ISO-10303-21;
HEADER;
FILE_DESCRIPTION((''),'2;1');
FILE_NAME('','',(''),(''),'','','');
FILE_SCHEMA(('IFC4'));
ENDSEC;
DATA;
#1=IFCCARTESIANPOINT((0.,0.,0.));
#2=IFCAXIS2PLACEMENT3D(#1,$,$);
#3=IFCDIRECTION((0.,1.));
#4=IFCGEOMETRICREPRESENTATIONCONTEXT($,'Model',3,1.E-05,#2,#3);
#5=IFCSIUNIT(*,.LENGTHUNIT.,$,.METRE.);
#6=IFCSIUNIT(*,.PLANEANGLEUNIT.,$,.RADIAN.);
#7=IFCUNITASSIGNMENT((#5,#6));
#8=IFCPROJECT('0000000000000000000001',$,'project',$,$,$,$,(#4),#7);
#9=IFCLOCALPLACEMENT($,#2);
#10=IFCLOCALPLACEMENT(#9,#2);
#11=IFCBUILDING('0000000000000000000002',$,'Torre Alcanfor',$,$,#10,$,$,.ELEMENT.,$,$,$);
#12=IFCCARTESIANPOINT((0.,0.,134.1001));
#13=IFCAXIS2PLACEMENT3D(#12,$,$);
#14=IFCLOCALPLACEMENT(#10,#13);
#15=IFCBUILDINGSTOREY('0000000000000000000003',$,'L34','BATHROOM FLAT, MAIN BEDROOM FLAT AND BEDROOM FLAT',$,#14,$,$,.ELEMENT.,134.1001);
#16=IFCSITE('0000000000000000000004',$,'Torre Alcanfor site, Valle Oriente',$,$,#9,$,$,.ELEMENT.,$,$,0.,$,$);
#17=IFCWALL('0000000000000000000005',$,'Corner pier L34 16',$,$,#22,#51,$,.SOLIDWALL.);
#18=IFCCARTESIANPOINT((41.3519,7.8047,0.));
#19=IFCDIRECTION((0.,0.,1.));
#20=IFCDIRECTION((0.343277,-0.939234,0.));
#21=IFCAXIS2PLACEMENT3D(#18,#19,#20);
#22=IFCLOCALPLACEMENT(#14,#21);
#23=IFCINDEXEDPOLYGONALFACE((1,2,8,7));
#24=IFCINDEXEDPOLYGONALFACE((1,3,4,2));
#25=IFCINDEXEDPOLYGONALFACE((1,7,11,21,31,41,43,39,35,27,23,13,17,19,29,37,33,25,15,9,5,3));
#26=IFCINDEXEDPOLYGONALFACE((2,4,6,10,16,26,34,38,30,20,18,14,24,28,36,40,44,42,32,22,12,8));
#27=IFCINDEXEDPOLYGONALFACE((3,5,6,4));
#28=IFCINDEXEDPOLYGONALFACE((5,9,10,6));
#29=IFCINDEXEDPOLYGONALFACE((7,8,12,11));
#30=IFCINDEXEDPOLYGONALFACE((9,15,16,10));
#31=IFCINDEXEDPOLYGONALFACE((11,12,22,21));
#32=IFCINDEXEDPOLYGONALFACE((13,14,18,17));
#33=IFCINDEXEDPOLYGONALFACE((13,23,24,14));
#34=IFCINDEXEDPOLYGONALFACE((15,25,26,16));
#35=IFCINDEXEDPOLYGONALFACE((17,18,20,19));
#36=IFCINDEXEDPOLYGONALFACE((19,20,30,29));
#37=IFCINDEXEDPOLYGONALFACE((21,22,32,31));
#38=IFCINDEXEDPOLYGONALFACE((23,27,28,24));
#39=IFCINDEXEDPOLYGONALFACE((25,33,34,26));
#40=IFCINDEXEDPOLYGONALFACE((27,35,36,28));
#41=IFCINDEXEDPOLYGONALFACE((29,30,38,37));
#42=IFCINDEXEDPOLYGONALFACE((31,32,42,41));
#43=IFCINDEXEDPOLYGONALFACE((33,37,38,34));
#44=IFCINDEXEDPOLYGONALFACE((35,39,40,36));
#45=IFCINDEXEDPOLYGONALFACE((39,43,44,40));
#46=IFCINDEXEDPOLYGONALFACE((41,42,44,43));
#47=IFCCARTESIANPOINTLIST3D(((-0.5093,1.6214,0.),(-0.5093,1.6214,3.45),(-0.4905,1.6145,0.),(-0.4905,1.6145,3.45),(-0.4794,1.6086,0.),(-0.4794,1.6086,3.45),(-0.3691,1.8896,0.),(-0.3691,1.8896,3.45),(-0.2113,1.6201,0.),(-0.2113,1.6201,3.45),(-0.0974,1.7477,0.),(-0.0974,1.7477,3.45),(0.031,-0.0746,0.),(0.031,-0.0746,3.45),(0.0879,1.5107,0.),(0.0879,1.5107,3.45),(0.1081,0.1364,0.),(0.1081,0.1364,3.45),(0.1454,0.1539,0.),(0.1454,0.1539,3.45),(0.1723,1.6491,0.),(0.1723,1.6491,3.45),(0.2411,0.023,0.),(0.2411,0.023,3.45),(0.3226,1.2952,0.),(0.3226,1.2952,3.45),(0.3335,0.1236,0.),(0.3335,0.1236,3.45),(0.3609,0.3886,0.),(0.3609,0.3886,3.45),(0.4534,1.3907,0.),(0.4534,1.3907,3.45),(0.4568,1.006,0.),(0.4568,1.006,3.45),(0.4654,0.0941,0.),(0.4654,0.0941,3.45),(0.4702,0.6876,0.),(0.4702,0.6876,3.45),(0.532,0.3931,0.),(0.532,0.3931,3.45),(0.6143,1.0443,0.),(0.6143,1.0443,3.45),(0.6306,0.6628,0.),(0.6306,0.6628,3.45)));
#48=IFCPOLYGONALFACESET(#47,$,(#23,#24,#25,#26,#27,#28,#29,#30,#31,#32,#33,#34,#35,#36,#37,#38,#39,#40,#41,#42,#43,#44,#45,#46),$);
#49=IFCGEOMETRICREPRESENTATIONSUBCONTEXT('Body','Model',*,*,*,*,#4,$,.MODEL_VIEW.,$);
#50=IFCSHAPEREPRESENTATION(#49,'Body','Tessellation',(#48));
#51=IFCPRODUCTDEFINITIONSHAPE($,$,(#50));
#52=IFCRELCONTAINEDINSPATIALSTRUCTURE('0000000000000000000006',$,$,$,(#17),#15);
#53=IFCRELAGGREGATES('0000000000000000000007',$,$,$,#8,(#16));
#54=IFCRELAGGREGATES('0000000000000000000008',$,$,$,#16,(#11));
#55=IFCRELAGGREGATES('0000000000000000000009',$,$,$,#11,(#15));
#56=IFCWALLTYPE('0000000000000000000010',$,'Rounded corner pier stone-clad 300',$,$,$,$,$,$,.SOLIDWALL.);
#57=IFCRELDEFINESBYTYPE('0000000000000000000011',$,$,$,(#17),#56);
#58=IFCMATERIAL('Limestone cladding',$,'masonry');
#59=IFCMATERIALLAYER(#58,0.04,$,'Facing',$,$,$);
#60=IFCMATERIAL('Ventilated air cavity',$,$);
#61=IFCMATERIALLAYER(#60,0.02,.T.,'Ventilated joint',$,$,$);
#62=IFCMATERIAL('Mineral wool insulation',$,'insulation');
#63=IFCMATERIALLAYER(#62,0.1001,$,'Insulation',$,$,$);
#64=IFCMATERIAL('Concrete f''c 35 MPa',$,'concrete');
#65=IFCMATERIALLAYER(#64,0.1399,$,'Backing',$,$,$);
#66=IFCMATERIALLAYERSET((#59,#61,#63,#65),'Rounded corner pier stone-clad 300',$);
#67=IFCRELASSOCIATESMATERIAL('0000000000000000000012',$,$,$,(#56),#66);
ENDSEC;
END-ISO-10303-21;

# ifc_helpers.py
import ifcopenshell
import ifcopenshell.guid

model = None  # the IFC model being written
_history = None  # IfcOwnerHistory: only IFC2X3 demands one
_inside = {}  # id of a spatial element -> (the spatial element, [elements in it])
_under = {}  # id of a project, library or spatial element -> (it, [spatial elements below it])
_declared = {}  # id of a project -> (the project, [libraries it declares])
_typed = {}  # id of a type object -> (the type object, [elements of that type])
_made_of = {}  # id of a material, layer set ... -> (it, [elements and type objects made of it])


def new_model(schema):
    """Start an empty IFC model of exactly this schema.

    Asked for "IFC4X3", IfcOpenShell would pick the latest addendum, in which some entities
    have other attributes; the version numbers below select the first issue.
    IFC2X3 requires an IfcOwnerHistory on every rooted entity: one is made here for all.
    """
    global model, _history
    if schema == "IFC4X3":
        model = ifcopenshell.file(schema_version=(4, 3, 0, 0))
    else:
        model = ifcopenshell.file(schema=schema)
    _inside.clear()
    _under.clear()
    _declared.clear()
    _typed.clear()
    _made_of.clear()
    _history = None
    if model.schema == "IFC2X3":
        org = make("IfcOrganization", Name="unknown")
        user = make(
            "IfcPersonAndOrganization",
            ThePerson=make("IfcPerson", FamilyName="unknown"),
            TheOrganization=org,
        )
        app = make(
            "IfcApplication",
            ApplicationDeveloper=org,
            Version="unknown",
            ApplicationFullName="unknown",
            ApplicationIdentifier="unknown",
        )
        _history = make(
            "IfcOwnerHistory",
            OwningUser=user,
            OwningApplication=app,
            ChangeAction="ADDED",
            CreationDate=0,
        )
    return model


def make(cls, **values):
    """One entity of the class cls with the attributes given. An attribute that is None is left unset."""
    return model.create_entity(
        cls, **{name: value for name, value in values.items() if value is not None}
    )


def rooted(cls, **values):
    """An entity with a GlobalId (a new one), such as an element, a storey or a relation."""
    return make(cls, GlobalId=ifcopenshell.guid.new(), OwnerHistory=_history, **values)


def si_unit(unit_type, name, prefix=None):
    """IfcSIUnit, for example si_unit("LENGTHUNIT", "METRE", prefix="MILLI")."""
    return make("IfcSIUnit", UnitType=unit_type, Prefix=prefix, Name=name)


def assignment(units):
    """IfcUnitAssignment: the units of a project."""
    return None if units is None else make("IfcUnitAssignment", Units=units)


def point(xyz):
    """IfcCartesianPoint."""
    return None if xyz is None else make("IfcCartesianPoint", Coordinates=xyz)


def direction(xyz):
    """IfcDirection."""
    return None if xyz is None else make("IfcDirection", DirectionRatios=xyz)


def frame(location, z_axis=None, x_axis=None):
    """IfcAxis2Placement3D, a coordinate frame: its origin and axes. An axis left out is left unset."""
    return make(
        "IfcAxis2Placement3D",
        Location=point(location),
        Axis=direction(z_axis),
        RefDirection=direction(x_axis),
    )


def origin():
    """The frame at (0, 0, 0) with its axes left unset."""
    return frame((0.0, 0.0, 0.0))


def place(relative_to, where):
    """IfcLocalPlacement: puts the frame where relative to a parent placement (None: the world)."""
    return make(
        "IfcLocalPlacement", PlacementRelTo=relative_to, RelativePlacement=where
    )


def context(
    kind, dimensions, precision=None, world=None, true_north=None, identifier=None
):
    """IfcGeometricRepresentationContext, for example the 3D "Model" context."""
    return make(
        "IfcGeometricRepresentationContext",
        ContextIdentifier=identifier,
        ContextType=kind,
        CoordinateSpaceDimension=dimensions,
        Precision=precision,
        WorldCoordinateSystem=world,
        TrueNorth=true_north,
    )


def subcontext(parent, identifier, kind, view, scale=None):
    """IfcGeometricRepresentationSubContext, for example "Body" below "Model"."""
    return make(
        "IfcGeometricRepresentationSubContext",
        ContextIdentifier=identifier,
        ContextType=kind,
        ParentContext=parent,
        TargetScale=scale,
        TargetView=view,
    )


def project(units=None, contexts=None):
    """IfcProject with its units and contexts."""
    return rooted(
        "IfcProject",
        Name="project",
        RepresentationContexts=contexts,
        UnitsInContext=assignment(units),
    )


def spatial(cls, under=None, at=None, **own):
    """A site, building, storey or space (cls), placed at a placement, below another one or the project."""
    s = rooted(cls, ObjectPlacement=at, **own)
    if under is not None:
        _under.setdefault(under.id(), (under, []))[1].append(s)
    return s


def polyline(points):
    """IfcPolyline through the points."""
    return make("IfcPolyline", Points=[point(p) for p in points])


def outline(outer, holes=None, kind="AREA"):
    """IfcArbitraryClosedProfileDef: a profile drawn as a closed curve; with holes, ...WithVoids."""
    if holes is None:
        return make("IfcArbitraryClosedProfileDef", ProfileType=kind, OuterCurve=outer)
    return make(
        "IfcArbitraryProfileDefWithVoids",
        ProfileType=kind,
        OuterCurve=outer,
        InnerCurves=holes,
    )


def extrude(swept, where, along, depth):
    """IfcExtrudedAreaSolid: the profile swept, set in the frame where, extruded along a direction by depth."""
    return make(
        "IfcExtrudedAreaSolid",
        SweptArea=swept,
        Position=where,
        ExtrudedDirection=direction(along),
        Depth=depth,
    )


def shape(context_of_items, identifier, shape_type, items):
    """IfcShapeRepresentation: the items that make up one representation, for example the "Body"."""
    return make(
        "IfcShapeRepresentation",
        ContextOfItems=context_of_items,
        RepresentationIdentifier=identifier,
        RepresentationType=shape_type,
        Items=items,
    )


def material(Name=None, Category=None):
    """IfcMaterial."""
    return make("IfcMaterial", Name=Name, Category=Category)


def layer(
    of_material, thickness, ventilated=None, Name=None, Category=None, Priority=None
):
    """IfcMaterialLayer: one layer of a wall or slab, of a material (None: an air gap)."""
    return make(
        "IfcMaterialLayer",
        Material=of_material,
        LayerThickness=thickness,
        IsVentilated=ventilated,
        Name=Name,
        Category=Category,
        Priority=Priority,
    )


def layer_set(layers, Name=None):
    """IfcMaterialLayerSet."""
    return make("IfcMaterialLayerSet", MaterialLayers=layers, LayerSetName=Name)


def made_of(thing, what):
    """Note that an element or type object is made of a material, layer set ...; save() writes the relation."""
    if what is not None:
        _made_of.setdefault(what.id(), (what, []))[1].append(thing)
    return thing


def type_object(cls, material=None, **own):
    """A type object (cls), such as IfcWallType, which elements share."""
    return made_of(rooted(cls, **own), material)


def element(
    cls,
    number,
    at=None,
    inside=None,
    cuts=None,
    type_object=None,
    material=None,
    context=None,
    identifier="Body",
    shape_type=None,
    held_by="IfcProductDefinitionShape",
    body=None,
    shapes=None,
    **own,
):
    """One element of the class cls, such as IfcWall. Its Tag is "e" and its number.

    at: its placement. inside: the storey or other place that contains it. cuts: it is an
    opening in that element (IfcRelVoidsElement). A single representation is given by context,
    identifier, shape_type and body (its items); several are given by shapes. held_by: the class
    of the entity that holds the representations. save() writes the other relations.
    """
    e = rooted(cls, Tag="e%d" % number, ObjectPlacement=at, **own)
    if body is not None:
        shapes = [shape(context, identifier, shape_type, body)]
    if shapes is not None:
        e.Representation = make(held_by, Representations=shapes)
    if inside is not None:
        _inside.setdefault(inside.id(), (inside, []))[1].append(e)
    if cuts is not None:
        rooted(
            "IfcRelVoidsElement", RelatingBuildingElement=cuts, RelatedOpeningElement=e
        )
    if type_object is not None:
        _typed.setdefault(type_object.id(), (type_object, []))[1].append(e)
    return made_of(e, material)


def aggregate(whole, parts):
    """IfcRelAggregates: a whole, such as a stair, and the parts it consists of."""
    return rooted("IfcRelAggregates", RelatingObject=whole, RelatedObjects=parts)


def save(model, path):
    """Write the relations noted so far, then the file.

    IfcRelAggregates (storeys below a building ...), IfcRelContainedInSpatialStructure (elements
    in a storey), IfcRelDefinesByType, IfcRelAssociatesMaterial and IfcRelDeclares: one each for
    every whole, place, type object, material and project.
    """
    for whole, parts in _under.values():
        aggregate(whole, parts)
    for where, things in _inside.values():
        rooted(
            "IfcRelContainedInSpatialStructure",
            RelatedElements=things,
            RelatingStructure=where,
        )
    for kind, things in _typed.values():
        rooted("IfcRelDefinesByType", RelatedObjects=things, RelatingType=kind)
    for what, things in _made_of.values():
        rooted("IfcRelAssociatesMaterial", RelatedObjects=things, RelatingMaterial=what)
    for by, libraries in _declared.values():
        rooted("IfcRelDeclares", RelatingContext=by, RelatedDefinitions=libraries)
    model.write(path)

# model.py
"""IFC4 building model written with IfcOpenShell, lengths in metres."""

from ifc_helpers import new_model, si_unit, direction, frame, origin, place, context, subcontext, project, spatial, polyline, outline, extrude, material, layer, layer_set, type_object, element, save


model = new_model("IFC4")

# Units and contexts
model_context = context("Model", 3, precision=1e-05, world=origin(), true_north=direction((0.0, 1.0)))
body_context = subcontext(model_context, "Body", "Model", "MODEL_VIEW")
ifc_project = project(units=[si_unit("LENGTHUNIT", "METRE"), si_unit("PLANEANGLEUNIT", "RADIAN")], contexts=[model_context])

# Site, building, storey
site_placement = place(None, origin())
site = spatial("IfcSite", under=ifc_project, at=site_placement, Name="Torre Alcanfor site, Valle Oriente", CompositionType="ELEMENT", RefElevation=0.0)
building_placement = place(site_placement, origin())
building = spatial("IfcBuilding", under=site, at=building_placement, Name="Torre Alcanfor", CompositionType="ELEMENT")
storey_placement = place(building_placement, frame((0.0, 0.0, 134.1001)))
storey = spatial("IfcBuildingStorey", under=building, at=storey_placement, Name="L34", Description="BATHROOM FLAT, MAIN BEDROOM FLAT AND BEDROOM FLAT", CompositionType="ELEMENT", Elevation=134.1001)

# Wall
ifc_material_1 = material(Name="Limestone cladding", Category="masonry")
ifc_layer_1 = layer(ifc_material_1, 0.04, Name="Facing")
ifc_material_2 = material(Name="Ventilated air cavity")
ifc_layer_2 = layer(ifc_material_2, 0.02, ventilated=True, Name="Ventilated joint")
ifc_material_3 = material(Name="Mineral wool insulation", Category="insulation")
ifc_layer_3 = layer(ifc_material_3, 0.1001, Name="Insulation")
ifc_material_4 = material(Name="Concrete f'c 35 MPa", Category="concrete")
ifc_layer_4 = layer(ifc_material_4, 0.1399, Name="Backing")
ifc_layer_set_1 = layer_set([ifc_layer_1, ifc_layer_2, ifc_layer_3, ifc_layer_4], Name="Rounded corner pier stone-clad 300")
wall_type_1 = type_object("IfcWallType", Name="Rounded corner pier stone-clad 300", PredefinedType="SOLIDWALL", material=ifc_layer_set_1)
wall_1_placement = place(storey_placement, frame((41.3519, 7.8047, 0.0), z_axis=(0.0, 0.0, 1.0), x_axis=(0.343277, -0.939234, 0.0)))
element("IfcWall", 1, at=wall_1_placement, inside=storey, type_object=wall_type_1, Name="Corner pier L34 16", PredefinedType="SOLIDWALL", context=body_context, shape_type="SweptSolid", body=[
    extrude(outline(polyline([(-0.3691, 1.8896), (-0.5093, 1.6214), (-0.4905, 1.6145), (-0.4794, 1.6086), (-0.2113, 1.6201), (0.0879, 1.5107), (0.3226, 1.2952), (0.4568, 1.006), (0.4702, 0.6876), (0.3609, 0.3886), (0.1454, 0.1539), (0.1081, 0.1364), (0.031, -0.0746), (0.2411, 0.023), (0.3335, 0.1236), (0.4654, 0.0941), (0.532, 0.3931), (0.6306, 0.6628), (0.6143, 1.0443), (0.4534, 1.3907), (0.1723, 1.6491), (-0.0974, 1.7477), (-0.3691, 1.8896)])), origin(), (0.0, 0.0, 1.0), 3.45),
])

save(model, "model.ifc")
